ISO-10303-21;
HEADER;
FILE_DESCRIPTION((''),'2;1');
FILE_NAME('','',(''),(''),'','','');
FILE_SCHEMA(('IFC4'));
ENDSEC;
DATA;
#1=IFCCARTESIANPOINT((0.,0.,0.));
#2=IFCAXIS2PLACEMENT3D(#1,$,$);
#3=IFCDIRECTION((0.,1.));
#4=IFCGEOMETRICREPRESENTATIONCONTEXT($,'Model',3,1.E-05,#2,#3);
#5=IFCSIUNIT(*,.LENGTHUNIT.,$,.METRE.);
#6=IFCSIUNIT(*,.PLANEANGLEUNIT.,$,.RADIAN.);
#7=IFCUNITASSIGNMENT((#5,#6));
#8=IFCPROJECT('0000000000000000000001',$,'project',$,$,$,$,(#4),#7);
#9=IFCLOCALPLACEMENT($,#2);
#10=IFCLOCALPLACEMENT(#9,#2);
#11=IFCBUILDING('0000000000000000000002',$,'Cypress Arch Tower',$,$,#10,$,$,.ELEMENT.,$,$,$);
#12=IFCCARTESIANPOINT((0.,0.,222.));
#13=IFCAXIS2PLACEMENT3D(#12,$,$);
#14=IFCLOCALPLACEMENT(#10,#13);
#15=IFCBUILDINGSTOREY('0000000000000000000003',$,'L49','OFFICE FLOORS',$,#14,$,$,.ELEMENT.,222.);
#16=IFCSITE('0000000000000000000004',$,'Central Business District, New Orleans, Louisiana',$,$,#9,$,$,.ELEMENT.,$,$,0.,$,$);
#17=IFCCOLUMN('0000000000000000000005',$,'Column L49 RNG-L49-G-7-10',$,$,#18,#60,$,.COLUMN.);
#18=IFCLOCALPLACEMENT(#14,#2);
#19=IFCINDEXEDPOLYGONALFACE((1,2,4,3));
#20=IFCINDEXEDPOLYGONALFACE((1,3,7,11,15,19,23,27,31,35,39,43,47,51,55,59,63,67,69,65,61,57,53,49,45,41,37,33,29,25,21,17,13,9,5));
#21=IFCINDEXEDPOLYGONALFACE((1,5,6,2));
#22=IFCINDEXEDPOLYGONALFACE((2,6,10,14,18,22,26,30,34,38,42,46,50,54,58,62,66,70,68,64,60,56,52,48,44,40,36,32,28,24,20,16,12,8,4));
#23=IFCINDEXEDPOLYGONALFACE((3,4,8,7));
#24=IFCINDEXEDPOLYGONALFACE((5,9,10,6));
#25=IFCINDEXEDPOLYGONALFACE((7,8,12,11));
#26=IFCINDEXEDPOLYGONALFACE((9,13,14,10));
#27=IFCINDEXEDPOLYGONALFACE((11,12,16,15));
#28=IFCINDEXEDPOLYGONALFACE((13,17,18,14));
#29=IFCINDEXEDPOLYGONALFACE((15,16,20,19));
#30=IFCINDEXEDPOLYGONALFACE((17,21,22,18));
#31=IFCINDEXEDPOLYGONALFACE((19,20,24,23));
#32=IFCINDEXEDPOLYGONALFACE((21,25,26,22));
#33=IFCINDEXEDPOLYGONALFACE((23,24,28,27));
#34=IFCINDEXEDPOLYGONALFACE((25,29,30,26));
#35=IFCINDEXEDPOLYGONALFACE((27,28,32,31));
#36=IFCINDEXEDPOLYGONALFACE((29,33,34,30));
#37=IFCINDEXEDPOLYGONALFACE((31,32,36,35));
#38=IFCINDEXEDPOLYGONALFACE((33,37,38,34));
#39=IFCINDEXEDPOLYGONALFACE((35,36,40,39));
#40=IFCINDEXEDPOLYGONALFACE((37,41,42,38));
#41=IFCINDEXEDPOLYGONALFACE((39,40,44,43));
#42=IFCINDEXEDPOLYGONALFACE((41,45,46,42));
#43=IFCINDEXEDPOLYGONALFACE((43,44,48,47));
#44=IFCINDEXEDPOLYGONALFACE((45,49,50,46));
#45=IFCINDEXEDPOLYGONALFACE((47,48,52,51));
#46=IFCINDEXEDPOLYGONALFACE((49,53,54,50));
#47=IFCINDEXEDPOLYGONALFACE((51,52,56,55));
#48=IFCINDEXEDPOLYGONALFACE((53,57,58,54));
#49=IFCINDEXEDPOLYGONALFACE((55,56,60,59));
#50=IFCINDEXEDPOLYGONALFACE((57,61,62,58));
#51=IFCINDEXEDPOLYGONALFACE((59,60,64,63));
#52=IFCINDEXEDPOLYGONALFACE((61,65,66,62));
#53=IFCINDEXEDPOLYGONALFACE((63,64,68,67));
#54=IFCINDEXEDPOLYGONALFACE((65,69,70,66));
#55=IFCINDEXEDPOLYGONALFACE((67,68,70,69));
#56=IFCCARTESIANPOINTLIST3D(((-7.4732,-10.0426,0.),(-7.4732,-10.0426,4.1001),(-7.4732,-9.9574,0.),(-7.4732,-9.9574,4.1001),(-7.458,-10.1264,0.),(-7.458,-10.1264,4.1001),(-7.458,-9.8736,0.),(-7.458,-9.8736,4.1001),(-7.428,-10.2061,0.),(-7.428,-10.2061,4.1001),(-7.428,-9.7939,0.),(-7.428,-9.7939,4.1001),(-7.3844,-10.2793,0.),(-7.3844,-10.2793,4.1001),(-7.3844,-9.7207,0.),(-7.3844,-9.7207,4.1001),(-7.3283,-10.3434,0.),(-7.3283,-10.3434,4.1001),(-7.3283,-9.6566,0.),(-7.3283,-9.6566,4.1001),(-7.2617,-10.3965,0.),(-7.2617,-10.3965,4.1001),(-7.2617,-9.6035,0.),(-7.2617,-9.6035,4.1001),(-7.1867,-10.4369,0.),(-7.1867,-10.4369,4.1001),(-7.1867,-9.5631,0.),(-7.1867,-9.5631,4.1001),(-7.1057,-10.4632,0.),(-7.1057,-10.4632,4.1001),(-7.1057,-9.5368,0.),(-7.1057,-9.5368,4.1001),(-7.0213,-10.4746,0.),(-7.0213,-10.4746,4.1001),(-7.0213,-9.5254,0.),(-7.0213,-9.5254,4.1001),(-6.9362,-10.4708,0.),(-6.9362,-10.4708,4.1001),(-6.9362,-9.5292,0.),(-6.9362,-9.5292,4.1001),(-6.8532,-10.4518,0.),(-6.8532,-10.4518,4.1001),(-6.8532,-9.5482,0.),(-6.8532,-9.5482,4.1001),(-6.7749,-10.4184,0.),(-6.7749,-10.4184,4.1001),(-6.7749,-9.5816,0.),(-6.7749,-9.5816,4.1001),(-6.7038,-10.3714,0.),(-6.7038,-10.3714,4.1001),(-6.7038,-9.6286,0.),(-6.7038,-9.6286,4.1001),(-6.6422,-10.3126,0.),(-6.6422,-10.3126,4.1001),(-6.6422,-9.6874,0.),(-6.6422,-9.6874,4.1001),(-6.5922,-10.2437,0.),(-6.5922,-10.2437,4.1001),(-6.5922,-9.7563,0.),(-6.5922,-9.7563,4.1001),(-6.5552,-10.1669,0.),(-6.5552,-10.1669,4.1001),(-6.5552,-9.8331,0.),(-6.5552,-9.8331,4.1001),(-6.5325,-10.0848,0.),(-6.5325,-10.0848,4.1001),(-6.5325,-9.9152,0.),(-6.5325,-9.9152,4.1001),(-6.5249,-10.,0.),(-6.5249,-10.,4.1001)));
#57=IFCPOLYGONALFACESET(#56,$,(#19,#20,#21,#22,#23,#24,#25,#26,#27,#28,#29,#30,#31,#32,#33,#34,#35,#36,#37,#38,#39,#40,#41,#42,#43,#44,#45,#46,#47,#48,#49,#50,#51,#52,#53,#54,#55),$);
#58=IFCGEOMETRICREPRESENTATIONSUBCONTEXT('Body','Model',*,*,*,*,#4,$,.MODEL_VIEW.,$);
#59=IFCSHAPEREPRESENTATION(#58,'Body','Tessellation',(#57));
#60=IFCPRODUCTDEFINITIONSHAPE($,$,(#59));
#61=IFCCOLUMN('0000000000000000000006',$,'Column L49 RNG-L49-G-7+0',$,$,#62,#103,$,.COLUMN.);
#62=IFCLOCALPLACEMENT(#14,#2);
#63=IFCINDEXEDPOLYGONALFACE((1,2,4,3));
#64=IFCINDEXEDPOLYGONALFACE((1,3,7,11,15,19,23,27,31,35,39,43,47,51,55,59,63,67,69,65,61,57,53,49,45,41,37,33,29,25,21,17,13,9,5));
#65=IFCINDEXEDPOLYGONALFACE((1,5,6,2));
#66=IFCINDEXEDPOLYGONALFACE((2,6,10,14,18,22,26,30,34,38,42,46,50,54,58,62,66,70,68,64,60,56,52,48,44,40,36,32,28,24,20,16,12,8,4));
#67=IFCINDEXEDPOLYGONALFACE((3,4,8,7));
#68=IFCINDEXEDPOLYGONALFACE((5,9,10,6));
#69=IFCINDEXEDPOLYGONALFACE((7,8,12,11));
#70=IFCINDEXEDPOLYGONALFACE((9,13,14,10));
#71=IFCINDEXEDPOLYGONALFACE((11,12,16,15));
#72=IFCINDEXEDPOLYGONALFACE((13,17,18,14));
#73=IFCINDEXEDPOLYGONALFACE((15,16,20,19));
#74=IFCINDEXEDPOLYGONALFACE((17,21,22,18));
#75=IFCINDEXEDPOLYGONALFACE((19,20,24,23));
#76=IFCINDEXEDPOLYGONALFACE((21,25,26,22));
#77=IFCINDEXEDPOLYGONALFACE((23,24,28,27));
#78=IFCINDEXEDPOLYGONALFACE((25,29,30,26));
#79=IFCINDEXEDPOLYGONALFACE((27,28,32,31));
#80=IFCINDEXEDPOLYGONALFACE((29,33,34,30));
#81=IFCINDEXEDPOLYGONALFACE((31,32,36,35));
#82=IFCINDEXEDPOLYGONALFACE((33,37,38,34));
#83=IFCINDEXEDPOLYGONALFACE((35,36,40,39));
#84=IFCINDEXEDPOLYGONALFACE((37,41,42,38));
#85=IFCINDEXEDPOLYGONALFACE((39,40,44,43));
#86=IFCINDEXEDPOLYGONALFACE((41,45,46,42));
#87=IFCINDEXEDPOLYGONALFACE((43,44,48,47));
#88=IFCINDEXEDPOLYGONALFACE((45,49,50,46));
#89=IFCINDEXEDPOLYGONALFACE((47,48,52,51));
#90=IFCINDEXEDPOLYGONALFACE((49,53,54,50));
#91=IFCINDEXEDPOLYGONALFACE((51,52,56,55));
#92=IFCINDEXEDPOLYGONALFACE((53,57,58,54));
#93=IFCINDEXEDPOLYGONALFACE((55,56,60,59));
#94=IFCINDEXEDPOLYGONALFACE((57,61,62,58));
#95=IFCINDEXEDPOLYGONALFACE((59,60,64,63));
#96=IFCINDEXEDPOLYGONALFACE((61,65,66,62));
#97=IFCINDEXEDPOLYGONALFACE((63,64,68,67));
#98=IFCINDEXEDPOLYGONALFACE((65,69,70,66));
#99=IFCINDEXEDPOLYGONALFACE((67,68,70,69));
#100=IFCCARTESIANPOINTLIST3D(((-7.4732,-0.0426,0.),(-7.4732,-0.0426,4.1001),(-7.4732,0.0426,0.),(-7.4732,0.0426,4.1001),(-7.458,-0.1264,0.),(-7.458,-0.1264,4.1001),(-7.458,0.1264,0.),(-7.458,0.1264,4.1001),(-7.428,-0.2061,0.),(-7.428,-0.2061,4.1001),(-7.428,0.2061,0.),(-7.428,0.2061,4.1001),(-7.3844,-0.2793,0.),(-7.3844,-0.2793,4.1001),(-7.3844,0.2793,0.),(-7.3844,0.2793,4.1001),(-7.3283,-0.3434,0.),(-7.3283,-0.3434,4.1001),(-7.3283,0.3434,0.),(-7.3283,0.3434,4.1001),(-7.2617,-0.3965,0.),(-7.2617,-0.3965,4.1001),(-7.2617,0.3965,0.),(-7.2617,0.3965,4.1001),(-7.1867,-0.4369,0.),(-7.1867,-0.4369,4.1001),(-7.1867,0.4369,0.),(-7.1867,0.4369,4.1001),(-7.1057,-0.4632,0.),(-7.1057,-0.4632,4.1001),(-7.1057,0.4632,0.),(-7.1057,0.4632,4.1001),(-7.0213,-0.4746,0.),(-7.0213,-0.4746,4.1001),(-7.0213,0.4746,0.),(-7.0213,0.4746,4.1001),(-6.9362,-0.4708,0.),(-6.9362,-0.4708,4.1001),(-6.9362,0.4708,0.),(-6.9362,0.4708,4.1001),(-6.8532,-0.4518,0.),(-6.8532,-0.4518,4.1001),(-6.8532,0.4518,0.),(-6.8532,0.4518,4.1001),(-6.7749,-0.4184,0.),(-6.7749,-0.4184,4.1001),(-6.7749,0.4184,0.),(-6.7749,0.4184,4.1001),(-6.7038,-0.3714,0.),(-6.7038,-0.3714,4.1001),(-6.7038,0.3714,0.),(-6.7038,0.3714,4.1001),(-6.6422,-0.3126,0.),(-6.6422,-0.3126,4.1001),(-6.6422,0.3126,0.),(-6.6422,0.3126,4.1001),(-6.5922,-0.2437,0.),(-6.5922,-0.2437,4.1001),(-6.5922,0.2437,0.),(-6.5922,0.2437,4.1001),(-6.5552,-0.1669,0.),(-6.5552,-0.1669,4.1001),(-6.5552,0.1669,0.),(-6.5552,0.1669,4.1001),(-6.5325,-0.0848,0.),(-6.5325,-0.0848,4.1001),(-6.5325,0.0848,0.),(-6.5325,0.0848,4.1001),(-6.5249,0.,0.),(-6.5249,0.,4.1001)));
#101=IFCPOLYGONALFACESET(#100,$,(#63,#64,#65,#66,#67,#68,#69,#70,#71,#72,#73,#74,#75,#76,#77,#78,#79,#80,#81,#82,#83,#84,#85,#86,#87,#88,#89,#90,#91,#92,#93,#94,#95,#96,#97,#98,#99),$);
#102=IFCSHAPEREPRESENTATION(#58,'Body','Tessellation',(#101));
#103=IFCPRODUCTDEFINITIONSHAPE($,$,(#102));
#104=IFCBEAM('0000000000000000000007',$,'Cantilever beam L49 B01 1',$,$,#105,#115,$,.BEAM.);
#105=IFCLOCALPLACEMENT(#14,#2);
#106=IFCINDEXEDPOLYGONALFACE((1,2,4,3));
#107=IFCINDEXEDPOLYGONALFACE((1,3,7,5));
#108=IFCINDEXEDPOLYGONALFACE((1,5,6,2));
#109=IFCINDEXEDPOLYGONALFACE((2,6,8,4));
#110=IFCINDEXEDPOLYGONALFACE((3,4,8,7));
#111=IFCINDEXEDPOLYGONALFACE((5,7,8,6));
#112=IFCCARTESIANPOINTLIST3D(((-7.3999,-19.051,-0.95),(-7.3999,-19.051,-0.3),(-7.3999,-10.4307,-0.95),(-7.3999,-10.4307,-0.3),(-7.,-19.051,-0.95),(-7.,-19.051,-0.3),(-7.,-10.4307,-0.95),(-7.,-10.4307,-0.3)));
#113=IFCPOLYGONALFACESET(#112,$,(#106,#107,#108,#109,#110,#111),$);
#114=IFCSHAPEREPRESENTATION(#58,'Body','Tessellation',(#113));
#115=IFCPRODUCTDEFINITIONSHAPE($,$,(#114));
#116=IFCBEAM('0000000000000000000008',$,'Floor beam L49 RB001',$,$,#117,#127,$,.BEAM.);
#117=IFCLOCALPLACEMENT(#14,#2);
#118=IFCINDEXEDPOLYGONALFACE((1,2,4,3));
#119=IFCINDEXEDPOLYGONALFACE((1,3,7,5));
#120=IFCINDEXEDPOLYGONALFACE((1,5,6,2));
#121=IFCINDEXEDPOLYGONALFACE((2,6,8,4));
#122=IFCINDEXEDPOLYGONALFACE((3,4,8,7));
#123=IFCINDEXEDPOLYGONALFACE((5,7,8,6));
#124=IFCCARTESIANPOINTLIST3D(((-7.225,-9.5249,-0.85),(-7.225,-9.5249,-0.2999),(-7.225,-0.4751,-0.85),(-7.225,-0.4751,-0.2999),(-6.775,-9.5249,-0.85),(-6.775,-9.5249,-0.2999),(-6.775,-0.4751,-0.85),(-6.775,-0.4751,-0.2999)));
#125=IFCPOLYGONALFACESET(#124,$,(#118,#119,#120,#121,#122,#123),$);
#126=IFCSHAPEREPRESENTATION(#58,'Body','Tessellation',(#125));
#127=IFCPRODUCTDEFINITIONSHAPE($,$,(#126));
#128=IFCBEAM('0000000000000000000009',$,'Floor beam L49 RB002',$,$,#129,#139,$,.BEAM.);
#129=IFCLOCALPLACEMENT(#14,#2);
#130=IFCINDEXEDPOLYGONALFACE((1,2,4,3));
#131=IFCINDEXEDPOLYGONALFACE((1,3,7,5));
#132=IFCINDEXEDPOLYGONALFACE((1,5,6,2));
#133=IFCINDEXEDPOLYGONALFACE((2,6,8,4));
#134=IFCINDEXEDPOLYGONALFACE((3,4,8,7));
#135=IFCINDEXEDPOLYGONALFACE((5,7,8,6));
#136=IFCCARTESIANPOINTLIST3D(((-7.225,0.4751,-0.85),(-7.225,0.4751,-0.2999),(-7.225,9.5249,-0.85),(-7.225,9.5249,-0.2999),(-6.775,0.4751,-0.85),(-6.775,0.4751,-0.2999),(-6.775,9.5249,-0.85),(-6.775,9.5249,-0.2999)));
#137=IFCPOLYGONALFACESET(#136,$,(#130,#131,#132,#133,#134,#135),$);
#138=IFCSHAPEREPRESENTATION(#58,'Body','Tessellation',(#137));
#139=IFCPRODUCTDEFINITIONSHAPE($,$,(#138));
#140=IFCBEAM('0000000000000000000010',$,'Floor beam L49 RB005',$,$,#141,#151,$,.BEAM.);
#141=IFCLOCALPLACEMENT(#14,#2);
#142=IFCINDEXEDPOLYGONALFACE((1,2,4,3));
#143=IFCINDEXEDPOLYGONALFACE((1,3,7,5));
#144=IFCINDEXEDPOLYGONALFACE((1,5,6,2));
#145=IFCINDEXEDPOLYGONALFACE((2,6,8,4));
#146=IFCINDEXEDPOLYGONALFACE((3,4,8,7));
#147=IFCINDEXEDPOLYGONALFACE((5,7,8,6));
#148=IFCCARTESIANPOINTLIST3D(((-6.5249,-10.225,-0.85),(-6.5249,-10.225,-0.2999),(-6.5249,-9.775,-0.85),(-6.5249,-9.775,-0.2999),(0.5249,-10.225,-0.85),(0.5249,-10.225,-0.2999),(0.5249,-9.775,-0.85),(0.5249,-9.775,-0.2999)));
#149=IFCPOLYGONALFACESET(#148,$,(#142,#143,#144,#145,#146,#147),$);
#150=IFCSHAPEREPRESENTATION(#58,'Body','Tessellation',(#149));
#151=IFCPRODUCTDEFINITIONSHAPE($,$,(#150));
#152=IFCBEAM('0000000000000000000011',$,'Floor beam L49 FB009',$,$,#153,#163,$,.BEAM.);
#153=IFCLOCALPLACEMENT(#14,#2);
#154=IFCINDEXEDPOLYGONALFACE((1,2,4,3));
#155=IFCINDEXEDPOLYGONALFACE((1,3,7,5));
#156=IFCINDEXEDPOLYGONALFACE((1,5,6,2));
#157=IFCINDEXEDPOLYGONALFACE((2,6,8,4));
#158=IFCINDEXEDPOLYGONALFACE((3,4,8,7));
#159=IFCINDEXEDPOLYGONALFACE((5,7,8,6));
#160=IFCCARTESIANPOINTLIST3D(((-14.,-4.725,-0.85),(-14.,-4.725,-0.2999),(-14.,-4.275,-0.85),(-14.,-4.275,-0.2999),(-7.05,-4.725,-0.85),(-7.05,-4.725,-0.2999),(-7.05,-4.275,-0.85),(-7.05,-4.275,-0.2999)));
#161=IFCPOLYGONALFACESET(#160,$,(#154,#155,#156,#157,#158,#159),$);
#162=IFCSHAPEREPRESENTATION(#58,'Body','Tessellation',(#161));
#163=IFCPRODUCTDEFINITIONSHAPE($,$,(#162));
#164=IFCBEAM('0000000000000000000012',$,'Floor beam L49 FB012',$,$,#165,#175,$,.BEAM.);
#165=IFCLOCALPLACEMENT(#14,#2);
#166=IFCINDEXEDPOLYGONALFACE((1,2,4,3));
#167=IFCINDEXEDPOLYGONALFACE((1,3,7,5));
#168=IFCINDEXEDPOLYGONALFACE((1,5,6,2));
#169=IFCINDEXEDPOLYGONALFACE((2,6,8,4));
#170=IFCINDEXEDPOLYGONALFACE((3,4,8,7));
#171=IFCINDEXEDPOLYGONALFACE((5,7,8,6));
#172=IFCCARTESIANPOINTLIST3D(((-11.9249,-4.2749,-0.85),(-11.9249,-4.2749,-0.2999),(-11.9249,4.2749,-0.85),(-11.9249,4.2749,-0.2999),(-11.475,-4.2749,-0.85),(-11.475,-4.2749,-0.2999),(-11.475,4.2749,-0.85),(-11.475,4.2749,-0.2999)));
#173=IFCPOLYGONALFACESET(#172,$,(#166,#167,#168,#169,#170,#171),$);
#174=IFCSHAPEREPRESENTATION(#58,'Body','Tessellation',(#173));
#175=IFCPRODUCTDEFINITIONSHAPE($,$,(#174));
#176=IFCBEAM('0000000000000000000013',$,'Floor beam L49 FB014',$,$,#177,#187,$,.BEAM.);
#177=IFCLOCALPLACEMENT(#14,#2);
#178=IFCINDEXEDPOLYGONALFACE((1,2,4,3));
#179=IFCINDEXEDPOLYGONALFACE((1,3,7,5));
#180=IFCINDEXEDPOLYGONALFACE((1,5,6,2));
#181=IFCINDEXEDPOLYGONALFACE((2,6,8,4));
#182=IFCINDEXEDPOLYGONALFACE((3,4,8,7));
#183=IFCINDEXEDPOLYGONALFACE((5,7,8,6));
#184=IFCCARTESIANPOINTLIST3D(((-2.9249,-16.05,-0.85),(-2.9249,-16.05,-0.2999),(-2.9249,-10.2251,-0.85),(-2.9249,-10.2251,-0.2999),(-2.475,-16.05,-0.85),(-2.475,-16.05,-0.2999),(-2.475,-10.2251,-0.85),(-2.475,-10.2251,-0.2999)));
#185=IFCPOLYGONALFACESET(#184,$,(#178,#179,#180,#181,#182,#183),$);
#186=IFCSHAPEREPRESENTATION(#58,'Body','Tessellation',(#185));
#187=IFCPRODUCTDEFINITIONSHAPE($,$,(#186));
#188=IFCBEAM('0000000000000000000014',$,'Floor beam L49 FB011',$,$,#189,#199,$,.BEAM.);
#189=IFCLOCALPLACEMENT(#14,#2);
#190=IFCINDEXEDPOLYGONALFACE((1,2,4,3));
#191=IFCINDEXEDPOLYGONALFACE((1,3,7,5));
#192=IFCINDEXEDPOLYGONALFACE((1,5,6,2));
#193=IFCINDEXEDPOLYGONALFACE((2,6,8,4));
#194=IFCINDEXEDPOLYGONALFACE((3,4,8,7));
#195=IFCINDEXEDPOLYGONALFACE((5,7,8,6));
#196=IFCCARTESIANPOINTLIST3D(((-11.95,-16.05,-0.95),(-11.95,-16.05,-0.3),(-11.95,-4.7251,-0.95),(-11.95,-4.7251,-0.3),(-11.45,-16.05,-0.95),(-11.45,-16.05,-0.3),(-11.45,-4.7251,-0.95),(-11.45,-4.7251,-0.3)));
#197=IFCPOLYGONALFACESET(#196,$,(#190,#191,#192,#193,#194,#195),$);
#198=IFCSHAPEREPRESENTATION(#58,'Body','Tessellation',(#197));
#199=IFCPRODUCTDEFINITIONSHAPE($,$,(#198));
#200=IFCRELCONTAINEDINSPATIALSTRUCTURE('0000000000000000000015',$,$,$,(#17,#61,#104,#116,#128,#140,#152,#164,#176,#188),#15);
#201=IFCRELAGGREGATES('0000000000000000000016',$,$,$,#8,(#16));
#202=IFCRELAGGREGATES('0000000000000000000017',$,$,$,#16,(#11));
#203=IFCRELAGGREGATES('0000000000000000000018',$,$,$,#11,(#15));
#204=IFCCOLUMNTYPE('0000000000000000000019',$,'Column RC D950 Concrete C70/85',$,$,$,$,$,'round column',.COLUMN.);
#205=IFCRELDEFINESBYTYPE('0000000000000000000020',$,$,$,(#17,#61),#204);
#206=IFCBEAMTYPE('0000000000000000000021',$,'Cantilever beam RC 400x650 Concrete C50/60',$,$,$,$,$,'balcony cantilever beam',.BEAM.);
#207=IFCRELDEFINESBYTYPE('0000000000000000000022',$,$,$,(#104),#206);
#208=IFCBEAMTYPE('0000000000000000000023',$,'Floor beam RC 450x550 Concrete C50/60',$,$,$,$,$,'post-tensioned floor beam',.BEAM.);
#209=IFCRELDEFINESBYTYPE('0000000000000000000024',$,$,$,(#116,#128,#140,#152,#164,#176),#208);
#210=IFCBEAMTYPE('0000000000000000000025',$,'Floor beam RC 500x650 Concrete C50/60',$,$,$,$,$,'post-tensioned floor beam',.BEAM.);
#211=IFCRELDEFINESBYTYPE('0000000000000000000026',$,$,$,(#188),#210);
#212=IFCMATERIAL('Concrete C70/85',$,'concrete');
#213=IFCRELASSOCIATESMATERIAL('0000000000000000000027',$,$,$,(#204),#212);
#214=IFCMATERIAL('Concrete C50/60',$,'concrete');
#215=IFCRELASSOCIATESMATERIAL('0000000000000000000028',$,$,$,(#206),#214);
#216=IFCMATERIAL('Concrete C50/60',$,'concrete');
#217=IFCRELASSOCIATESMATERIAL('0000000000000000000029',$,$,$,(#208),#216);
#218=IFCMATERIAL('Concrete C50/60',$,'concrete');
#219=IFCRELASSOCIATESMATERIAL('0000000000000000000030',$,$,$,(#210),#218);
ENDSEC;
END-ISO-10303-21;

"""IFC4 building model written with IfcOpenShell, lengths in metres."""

from ifc_helpers import new_model, si_unit, direction, frame, origin, origin_2d, place, context, subcontext, project, spatial, rectangle, circle, extrude, material, material_profile, profile_set, type_object, element, save


model = new_model("IFC4")

# Units and contexts
model_context = context("Model", 3, precision=1e-05, world=origin(), true_north=direction((0.0, 1.0)))
body_context = subcontext(model_context, "Body", "Model", "MODEL_VIEW")
ifc_project = project(units=[si_unit("LENGTHUNIT", "METRE"), si_unit("PLANEANGLEUNIT", "RADIAN")], contexts=[model_context])

# Site, building, storey
site_placement = place(None, origin())
site = spatial("IfcSite", under=ifc_project, at=site_placement, Name="Central Business District, New Orleans, Louisiana", CompositionType="ELEMENT", RefElevation=0.0)
building_placement = place(site_placement, origin())
building = spatial("IfcBuilding", under=site, at=building_placement, Name="Cypress Arch Tower", CompositionType="ELEMENT")
storey_placement = place(building_placement, frame((0.0, 0.0, 222.0)))
storey = spatial("IfcBuildingStorey", under=building, at=storey_placement, Name="L49", Description="OFFICE FLOORS", CompositionType="ELEMENT", Elevation=222.0)

# Columns
ifc_material_1 = material(Name="Concrete C70/85", Category="concrete")
ifc_material_profile_1 = material_profile(ifc_material_1, circle(Radius=0.4751, at=origin_2d()), Name="RC D950")
ifc_profile_set_1 = profile_set([ifc_material_profile_1], Name="Concrete C70/85")
column_type = type_object("IfcColumnType", Name="Column RC D950 Concrete C70/85", ElementType="round column", PredefinedType="COLUMN", material=ifc_profile_set_1)
for number, where, z_axis, x_axis, name in (
    (1, (-7.0, -10.0, 0.0), (0.0, 0.0, 1.0), (1.0, 0.0, 0.0), "Column L49 RNG-L49-G-7-10"),
    (2, (-7.0, 0.0, 0.0), (0.0, 0.0, 1.0), (1.0, 0.0, 0.0), "Column L49 RNG-L49-G-7+0"),
):
    element("IfcColumn", number, at=place(storey_placement, frame(where, z_axis=z_axis, x_axis=x_axis)), inside=storey, type_object=column_type, Name=name, PredefinedType="COLUMN", context=body_context, shape_type="SweptSolid", body=[
        extrude(circle(Radius=0.4751, at=origin_2d()), origin(), (0.0, 0.0, 1.0), 4.1001),
    ])

# Beams
ifc_material_2 = material(Name="Concrete C50/60", Category="concrete")
ifc_material_profile_2 = material_profile(ifc_material_2, rectangle(XDim=0.3999, YDim=0.6499, at=origin_2d()), Name="RC 400x650")
ifc_profile_set_2 = profile_set([ifc_material_profile_2], Name="Concrete C50/60")
beam_type_1 = type_object("IfcBeamType", Name="Cantilever beam RC 400x650 Concrete C50/60", ElementType="balcony cantilever beam", PredefinedType="BEAM", material=ifc_profile_set_2)
beam_1_placement = place(storey_placement, frame((-7.2, -10.4307, -0.625), z_axis=(0.0, -1.0, 0.0), x_axis=(1.0, 0.0, 0.0)))
element("IfcBeam", 3, at=beam_1_placement, inside=storey, type_object=beam_type_1, Name="Cantilever beam L49 B01 1", PredefinedType="BEAM", context=body_context, shape_type="SweptSolid", body=[
    extrude(rectangle(XDim=0.3999, YDim=0.6499, at=origin_2d()), origin(), (0.0, 0.0, 1.0), 8.6204),
])
ifc_material_3 = material(Name="Concrete C50/60", Category="concrete")
ifc_material_profile_3 = material_profile(ifc_material_3, rectangle(XDim=0.45, YDim=0.55, at=origin_2d()), Name="RC 450x550")
ifc_profile_set_3 = profile_set([ifc_material_profile_3], Name="Concrete C50/60")
beam_type_2 = type_object("IfcBeamType", Name="Floor beam RC 450x550 Concrete C50/60", ElementType="post-tensioned floor beam", PredefinedType="BEAM", material=ifc_profile_set_3)
for number, where, z_axis, x_axis, name in (
    (4, (-7.0, -9.5249, -0.575), (0.0, 1.0, 0.0), (-1.0, 0.0, 0.0), "Floor beam L49 RB001"),
    (5, (-7.0, 0.4751, -0.575), (0.0, 1.0, 0.0), (-1.0, 0.0, 0.0), "Floor beam L49 RB002"),
):
    element("IfcBeam", number, at=place(storey_placement, frame(where, z_axis=z_axis, x_axis=x_axis)), inside=storey, type_object=beam_type_2, Name=name, PredefinedType="BEAM", context=body_context, shape_type="SweptSolid", body=[
        extrude(rectangle(XDim=0.45, YDim=0.55, at=origin_2d()), origin(), (0.0, 0.0, 1.0), 9.0498),
    ])
beam_2_placement = place(storey_placement, frame((-6.5249, -10.0, -0.575), z_axis=(1.0, 0.0, 0.0), x_axis=(0.0, 1.0, 0.0)))
element("IfcBeam", 6, at=beam_2_placement, inside=storey, type_object=beam_type_2, Name="Floor beam L49 RB005", PredefinedType="BEAM", context=body_context, shape_type="SweptSolid", body=[
    extrude(rectangle(XDim=0.45, YDim=0.55, at=origin_2d()), origin(), (0.0, 0.0, 1.0), 7.0498),
])
beam_3_placement = place(storey_placement, frame((-14.0, -4.5, -0.575), z_axis=(1.0, 0.0, 0.0), x_axis=(0.0, 1.0, 0.0)))
element("IfcBeam", 7, at=beam_3_placement, inside=storey, type_object=beam_type_2, Name="Floor beam L49 FB009", PredefinedType="BEAM", context=body_context, shape_type="SweptSolid", body=[
    extrude(rectangle(XDim=0.45, YDim=0.55, at=origin_2d()), origin(), (0.0, 0.0, 1.0), 6.95),
])
beam_4_placement = place(storey_placement, frame((-11.7, -4.2749, -0.575), z_axis=(0.0, 1.0, 0.0), x_axis=(-1.0, 0.0, 0.0)))
element("IfcBeam", 8, at=beam_4_placement, inside=storey, type_object=beam_type_2, Name="Floor beam L49 FB012", PredefinedType="BEAM", context=body_context, shape_type="SweptSolid", body=[
    extrude(rectangle(XDim=0.45, YDim=0.55, at=origin_2d()), origin(), (0.0, 0.0, 1.0), 8.5498),
])
beam_5_placement = place(storey_placement, frame((-2.7, -16.05, -0.575), z_axis=(0.0, 1.0, 0.0), x_axis=(-1.0, 0.0, 0.0)))
element("IfcBeam", 9, at=beam_5_placement, inside=storey, type_object=beam_type_2, Name="Floor beam L49 FB014", PredefinedType="BEAM", context=body_context, shape_type="SweptSolid", body=[
    extrude(rectangle(XDim=0.45, YDim=0.55, at=origin_2d()), origin(), (0.0, 0.0, 1.0), 5.825),
])
ifc_material_4 = material(Name="Concrete C50/60", Category="concrete")
ifc_material_profile_4 = material_profile(ifc_material_4, rectangle(XDim=0.5, YDim=0.6499, at=origin_2d()), Name="RC 500x650")
ifc_profile_set_4 = profile_set([ifc_material_profile_4], Name="Concrete C50/60")
beam_type_3 = type_object("IfcBeamType", Name="Floor beam RC 500x650 Concrete C50/60", ElementType="post-tensioned floor beam", PredefinedType="BEAM", material=ifc_profile_set_4)
beam_6_placement = place(storey_placement, frame((-11.7, -16.05, -0.625), z_axis=(0.0, 1.0, 0.0), x_axis=(-1.0, 0.0, 0.0)))
element("IfcBeam", 10, at=beam_6_placement, inside=storey, type_object=beam_type_3, Name="Floor beam L49 FB011", PredefinedType="BEAM", context=body_context, shape_type="SweptSolid", body=[
    extrude(rectangle(XDim=0.5, YDim=0.6499, at=origin_2d()), origin(), (0.0, 0.0, 1.0), 11.325),
])

save(model, "model.ifc")
